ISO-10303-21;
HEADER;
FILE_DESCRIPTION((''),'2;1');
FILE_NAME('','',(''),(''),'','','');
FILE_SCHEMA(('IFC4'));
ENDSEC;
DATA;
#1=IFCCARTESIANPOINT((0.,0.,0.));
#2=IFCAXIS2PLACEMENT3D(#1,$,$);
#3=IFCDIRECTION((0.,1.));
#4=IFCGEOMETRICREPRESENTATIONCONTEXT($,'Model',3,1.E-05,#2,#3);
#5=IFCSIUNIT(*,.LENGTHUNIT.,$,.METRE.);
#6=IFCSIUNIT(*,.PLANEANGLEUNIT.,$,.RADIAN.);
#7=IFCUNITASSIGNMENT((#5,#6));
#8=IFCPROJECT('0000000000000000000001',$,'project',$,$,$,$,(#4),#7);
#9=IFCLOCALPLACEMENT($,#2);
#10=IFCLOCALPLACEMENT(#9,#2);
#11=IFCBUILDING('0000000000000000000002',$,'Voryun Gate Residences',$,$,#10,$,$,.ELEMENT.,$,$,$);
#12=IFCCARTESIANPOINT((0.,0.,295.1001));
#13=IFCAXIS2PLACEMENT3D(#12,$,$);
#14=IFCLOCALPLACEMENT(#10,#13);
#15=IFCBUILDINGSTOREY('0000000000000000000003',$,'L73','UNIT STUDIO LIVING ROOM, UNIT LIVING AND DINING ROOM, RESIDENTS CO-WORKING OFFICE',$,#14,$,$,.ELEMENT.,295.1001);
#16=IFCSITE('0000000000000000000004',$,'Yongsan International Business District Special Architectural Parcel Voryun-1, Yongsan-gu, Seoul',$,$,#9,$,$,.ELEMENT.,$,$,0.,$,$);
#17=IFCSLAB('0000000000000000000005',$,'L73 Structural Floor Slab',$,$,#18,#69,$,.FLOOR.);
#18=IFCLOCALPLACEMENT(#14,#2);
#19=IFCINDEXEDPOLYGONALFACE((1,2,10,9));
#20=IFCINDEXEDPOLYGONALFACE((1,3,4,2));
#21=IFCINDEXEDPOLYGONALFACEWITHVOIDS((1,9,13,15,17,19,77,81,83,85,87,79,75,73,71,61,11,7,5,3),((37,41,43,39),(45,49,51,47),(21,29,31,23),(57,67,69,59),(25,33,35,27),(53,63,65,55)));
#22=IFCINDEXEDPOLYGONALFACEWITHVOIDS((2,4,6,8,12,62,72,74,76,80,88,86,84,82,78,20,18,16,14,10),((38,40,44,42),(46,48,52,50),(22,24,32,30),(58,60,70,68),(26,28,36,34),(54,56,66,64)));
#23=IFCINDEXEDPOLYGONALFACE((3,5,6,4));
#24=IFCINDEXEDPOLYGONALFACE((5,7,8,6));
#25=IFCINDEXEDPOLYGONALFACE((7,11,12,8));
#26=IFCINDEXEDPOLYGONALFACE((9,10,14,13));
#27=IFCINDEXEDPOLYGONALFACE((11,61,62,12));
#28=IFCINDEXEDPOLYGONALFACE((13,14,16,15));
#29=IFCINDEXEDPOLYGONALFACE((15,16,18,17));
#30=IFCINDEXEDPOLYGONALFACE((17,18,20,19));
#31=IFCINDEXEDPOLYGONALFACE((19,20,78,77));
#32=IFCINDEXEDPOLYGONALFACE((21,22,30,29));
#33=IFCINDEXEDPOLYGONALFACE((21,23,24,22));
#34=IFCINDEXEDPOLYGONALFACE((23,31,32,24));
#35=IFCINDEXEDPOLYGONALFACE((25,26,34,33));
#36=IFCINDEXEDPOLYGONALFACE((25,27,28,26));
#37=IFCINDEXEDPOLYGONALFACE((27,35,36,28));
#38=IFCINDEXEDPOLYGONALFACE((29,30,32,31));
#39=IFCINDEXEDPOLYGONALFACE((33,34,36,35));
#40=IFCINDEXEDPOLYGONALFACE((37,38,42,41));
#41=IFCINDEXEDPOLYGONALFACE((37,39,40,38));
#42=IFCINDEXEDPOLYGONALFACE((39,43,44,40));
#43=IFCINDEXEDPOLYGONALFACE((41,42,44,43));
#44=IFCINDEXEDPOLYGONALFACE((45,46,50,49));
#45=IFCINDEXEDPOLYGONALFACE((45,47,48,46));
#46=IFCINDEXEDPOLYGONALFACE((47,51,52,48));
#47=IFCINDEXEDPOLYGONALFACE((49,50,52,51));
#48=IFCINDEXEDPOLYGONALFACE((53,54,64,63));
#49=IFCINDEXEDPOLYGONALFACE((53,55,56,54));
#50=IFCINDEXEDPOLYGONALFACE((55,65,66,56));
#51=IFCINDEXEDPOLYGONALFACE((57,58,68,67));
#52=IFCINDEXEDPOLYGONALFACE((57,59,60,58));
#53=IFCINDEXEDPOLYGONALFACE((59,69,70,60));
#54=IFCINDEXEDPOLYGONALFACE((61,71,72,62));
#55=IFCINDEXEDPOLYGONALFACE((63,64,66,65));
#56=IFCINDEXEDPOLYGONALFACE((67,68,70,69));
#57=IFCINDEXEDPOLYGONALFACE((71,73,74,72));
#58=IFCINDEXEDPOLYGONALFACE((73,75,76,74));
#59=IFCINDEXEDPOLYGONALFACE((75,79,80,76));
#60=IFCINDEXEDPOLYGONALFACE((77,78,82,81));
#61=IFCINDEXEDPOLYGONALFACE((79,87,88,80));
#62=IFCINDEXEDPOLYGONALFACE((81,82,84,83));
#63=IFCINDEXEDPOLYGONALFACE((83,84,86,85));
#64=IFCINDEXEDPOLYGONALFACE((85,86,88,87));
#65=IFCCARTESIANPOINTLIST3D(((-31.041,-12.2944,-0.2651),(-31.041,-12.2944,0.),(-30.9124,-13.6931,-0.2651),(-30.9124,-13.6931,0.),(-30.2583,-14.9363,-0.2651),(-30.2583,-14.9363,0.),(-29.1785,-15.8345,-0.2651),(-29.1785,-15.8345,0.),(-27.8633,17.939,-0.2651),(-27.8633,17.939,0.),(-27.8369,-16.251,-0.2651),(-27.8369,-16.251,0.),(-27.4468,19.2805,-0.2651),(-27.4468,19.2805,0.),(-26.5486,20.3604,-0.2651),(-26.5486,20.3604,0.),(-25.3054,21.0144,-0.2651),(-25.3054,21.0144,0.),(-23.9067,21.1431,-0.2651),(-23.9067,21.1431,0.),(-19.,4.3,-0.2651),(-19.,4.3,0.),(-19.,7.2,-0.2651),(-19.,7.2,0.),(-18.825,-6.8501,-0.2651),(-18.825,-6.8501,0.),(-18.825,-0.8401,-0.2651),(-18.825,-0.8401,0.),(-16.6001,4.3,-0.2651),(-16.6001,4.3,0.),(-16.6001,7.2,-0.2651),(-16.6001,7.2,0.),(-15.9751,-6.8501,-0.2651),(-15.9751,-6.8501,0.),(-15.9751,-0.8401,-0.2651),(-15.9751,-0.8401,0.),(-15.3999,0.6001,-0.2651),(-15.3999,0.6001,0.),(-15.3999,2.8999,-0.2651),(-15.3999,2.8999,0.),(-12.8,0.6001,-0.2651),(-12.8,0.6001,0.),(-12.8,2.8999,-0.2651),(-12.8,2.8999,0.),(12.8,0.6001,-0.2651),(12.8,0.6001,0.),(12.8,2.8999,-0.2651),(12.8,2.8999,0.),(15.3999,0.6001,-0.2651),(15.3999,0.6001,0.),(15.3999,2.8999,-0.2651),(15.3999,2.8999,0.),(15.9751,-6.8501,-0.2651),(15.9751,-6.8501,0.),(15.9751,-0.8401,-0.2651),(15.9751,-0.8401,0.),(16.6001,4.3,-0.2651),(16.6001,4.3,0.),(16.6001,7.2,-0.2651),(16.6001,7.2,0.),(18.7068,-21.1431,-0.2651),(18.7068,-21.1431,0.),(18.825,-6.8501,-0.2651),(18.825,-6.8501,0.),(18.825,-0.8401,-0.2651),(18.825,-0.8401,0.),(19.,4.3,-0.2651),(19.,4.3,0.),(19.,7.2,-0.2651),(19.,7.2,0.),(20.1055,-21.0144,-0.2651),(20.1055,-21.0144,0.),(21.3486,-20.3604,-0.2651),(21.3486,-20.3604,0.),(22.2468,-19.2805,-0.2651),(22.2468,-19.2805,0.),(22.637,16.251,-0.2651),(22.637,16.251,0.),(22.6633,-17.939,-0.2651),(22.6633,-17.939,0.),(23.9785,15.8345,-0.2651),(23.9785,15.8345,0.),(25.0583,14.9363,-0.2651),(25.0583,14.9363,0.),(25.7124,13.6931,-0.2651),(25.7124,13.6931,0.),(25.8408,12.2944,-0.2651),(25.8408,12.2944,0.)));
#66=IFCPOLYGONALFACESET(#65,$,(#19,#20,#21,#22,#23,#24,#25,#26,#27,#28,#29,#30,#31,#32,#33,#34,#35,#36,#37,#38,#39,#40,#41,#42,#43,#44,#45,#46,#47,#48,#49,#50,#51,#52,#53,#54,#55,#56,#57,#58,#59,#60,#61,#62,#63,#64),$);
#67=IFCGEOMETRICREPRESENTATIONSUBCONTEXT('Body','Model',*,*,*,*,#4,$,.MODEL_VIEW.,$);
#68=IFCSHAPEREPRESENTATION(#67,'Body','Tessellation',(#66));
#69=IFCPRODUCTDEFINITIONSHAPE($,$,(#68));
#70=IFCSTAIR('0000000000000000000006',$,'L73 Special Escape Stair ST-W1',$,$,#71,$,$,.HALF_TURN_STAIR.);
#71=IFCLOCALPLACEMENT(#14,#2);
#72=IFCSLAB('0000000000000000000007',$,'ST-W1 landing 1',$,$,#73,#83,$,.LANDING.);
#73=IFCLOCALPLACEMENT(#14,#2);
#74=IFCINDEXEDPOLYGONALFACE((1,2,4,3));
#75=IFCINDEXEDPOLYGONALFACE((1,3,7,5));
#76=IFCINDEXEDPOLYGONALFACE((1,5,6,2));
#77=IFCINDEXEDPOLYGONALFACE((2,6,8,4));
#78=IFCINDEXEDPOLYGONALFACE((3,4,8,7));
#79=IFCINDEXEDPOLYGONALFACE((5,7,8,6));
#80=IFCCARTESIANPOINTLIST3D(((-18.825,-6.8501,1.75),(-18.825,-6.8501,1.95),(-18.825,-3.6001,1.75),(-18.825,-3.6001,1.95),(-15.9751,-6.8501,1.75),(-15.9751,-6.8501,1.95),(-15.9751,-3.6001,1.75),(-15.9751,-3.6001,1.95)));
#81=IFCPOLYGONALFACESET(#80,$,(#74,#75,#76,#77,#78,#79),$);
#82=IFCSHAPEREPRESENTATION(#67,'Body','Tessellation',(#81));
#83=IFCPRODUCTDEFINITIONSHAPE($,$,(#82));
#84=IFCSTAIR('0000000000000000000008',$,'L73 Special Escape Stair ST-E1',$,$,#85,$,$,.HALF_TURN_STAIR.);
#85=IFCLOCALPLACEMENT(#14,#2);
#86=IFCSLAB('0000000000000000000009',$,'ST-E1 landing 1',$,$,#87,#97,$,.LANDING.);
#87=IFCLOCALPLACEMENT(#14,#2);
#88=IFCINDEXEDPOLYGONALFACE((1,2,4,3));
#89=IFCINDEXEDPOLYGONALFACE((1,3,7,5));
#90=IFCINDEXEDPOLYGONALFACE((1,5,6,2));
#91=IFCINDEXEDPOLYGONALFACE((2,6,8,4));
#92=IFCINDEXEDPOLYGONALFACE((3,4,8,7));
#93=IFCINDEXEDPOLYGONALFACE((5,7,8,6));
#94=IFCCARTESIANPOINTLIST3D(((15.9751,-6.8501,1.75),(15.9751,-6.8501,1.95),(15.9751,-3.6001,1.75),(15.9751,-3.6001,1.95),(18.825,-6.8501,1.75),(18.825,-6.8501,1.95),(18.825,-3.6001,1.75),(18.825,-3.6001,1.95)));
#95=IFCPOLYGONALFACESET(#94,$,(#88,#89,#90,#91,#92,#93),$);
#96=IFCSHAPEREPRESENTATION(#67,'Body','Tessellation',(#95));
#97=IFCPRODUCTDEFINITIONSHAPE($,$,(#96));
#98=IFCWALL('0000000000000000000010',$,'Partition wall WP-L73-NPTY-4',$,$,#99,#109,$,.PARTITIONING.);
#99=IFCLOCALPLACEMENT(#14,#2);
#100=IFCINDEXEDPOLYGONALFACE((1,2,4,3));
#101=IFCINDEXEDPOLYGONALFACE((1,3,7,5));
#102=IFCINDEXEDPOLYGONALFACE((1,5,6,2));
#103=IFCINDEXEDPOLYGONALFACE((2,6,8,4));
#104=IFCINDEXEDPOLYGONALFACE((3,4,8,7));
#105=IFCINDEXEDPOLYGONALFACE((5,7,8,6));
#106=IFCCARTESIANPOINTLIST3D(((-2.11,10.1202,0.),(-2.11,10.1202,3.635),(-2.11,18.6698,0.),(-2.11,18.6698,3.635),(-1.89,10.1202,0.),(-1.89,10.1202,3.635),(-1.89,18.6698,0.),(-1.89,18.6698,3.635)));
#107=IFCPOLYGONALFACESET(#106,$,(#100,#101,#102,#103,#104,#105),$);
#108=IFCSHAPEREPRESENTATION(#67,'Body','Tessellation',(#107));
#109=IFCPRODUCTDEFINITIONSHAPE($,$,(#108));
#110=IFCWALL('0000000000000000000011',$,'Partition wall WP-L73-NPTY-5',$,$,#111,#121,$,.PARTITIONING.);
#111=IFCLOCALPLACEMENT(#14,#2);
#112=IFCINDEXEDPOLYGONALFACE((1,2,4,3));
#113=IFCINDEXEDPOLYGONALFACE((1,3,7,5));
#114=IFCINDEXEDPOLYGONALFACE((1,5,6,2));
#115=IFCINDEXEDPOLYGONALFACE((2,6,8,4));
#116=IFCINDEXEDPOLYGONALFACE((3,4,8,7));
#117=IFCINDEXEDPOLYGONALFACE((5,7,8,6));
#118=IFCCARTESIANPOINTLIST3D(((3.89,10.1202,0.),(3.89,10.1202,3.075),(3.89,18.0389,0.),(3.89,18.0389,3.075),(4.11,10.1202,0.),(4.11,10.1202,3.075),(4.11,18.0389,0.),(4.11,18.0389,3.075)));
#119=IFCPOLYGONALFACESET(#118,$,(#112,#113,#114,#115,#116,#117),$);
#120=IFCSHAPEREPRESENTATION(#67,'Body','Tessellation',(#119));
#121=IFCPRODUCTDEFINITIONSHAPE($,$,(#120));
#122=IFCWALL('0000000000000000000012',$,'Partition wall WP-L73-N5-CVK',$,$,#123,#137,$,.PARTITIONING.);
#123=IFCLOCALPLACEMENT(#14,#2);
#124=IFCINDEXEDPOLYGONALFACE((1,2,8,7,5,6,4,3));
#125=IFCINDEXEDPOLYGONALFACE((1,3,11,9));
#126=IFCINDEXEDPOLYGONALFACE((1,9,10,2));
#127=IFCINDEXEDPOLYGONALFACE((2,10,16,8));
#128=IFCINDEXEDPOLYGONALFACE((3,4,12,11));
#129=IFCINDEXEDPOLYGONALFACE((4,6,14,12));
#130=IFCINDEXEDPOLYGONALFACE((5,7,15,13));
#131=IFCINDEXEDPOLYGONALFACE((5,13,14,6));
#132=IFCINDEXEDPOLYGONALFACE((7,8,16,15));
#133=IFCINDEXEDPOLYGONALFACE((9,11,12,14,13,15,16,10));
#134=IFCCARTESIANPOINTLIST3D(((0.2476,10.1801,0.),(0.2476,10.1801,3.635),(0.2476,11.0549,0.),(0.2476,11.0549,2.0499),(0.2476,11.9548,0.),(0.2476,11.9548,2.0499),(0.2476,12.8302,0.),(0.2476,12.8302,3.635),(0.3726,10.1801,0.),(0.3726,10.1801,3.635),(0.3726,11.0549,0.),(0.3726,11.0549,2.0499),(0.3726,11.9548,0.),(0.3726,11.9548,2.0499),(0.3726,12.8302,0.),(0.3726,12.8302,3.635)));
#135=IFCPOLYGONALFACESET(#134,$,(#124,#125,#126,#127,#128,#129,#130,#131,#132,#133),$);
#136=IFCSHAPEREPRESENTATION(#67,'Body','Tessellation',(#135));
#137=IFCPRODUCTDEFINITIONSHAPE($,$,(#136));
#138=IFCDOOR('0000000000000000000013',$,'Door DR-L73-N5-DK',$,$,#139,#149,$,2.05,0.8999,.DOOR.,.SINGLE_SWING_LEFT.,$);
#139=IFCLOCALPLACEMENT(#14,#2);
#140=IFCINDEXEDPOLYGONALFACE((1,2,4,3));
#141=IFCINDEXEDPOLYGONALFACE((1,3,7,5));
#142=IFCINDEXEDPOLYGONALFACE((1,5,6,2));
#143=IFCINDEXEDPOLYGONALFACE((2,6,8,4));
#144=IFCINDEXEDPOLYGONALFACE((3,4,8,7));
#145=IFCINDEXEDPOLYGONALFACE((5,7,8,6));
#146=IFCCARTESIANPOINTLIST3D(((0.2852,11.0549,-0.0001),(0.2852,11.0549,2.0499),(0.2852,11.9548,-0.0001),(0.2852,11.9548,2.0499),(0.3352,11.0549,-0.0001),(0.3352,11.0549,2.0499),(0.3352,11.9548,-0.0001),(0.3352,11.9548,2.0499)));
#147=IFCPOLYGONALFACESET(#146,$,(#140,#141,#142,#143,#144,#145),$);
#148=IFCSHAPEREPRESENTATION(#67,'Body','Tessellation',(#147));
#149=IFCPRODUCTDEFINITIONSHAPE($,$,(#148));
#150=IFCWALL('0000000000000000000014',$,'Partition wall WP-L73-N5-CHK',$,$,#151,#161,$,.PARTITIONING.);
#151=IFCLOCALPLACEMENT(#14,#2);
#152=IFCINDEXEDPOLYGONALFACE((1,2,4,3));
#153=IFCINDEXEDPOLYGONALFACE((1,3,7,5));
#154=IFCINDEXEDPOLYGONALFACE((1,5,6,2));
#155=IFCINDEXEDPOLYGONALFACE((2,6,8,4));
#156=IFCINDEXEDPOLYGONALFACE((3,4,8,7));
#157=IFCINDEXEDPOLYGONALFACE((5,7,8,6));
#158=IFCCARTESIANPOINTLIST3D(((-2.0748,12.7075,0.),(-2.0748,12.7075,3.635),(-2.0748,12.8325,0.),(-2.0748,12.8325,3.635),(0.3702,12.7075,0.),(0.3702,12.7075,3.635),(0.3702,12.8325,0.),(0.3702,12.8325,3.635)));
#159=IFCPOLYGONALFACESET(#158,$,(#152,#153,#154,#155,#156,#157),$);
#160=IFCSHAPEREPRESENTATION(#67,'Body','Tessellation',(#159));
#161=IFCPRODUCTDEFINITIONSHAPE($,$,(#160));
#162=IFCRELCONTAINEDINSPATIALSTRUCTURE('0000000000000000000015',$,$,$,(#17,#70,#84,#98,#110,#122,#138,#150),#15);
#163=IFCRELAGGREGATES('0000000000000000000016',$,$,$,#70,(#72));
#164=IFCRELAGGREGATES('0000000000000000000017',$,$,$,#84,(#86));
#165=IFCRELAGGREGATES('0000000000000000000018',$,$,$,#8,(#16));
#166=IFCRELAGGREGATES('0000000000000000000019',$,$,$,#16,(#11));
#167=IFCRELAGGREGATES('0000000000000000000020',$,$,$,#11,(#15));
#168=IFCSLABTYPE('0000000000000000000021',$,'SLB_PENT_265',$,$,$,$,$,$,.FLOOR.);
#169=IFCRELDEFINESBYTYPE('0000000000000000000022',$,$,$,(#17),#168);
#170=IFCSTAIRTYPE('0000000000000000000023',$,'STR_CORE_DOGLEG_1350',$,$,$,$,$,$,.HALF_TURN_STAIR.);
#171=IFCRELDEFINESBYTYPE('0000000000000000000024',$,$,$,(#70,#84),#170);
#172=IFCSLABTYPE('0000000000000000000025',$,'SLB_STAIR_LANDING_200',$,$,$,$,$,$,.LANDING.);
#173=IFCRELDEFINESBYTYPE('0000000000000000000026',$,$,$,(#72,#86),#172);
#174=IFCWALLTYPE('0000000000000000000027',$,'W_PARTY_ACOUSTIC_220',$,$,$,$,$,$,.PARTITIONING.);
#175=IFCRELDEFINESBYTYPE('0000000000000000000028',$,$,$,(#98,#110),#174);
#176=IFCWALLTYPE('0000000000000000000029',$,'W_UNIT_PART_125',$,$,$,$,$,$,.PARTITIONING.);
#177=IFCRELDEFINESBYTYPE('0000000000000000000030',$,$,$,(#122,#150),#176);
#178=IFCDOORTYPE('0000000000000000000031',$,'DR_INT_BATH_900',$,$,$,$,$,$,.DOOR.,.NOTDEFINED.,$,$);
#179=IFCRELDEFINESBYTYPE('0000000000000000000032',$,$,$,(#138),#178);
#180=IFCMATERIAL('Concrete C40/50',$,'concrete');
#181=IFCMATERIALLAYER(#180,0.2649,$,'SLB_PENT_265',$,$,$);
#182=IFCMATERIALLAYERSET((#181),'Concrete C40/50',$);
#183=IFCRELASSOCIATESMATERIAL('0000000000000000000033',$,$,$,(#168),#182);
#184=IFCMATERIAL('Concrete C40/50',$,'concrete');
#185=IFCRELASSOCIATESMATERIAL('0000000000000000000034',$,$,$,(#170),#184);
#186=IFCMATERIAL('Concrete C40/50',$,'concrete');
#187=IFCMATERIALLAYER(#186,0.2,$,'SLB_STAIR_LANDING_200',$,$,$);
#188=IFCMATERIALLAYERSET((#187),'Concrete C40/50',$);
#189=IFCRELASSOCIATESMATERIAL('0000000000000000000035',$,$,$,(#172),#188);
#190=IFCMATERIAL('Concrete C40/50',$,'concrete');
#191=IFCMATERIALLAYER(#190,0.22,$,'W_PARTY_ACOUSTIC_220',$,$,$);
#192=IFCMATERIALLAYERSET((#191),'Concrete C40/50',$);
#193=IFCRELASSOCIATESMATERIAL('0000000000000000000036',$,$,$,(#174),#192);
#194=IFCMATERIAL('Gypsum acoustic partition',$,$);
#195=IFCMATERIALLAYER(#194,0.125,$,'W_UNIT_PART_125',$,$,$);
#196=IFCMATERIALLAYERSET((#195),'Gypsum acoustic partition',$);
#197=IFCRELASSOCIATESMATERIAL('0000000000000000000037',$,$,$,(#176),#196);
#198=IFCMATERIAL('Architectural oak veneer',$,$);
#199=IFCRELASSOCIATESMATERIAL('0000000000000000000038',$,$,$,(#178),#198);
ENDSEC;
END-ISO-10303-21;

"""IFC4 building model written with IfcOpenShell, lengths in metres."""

from ifc_helpers import new_model, si_unit, direction, frame, frame_2d, origin, place, context, subcontext, project, spatial, polyline, rectangle, outline, extrude, material, layer, layer_set, type_object, element, fill, aggregate, save


model = new_model("IFC4")

# Units and contexts
model_context = context("Model", 3, precision=1e-05, world=origin(), true_north=direction((0.0, 1.0)))
body_context = subcontext(model_context, "Body", "Model", "MODEL_VIEW")
ifc_project = project(units=[si_unit("LENGTHUNIT", "METRE"), si_unit("PLANEANGLEUNIT", "RADIAN")], contexts=[model_context])

# Site, building, storey
site_placement = place(None, origin())
site = spatial("IfcSite", under=ifc_project, at=site_placement, Name="Yongsan International Business District Special Architectural Parcel Voryun-1, Yongsan-gu, Seoul", CompositionType="ELEMENT", RefElevation=0.0)
building_placement = place(site_placement, origin())
building = spatial("IfcBuilding", under=site, at=building_placement, Name="Voryun Gate Residences", CompositionType="ELEMENT")
storey_placement = place(building_placement, frame((0.0, 0.0, 295.1001)))
storey = spatial("IfcBuildingStorey", under=building, at=storey_placement, Name="L73", Description="UNIT STUDIO LIVING ROOM, UNIT LIVING AND DINING ROOM, RESIDENTS CO-WORKING OFFICE", CompositionType="ELEMENT", Elevation=295.1001)

# Slab
ifc_material_1 = material(Name="Concrete C40/50", Category="concrete")
ifc_layer_1 = layer(ifc_material_1, 0.2649, Name="SLB_PENT_265")
ifc_layer_set_1 = layer_set([ifc_layer_1], Name="Concrete C40/50")
slab_type_1 = type_object("IfcSlabType", Name="SLB_PENT_265", PredefinedType="FLOOR", material=ifc_layer_set_1)
slab_1_placement = place(storey_placement, frame((0.0, 0.0, -0.2651)))
element("IfcSlab", 1, at=slab_1_placement, inside=storey, type_object=slab_type_1, Name="L73 Structural Floor Slab", PredefinedType="FLOOR", context=body_context, shape_type="SweptSolid", body=[
    extrude(outline(polyline([(-27.8369, -16.251), (-29.1785, -15.8345), (-30.2583, -14.9363), (-30.9124, -13.6931), (-31.041, -12.2944), (-27.8633, 17.939), (-27.4468, 19.2805), (-26.5486, 20.3604), (-25.3054, 21.0144), (-23.9067, 21.1431), (22.637, 16.251), (23.9785, 15.8345), (25.0583, 14.9363), (25.7124, 13.6931), (25.8408, 12.2944), (22.6633, -17.939), (22.2468, -19.2805), (21.3486, -20.3604), (20.1055, -21.0144), (18.7068, -21.1431), (-27.8369, -16.251)]), holes=[polyline([(-15.9751, -0.8401), (-18.825, -0.8401), (-18.825, -6.8501), (-15.9751, -6.8501), (-15.9751, -0.8401)]), polyline([(18.825, -6.8501), (18.825, -0.8401), (15.9751, -0.8401), (15.9751, -6.8501), (18.825, -6.8501)]), polyline([(-12.8, 2.8999), (-15.3999, 2.8999), (-15.3999, 0.6001), (-12.8, 0.6001), (-12.8, 2.8999)]), polyline([(12.8, 2.8999), (12.8, 0.6001), (15.3999, 0.6001), (15.3999, 2.8999), (12.8, 2.8999)]), polyline([(-16.6001, 7.2), (-19.0, 7.2), (-19.0, 4.3), (-16.6001, 4.3), (-16.6001, 7.2)]), polyline([(19.0, 7.2), (16.6001, 7.2), (16.6001, 4.3), (19.0, 4.3), (19.0, 7.2)])]), origin(), (0.0, 0.0, 1.0), 0.2651),
])

# Stairs, slabs
ifc_material_2 = material(Name="Concrete C40/50", Category="concrete")
stair_type = type_object("IfcStairType", Name="STR_CORE_DOGLEG_1350", PredefinedType="HALF_TURN_STAIR", material=ifc_material_2)
stair_1_placement = place(storey_placement, origin())
stair_1 = element("IfcStair", 2, at=stair_1_placement, inside=storey, type_object=stair_type, Name="L73 Special Escape Stair ST-W1", PredefinedType="HALF_TURN_STAIR")
ifc_material_3 = material(Name="Concrete C40/50", Category="concrete")
ifc_layer_2 = layer(ifc_material_3, 0.2, Name="SLB_STAIR_LANDING_200")
ifc_layer_set_2 = layer_set([ifc_layer_2], Name="Concrete C40/50")
slab_type_2 = type_object("IfcSlabType", Name="SLB_STAIR_LANDING_200", PredefinedType="LANDING", material=ifc_layer_set_2)
slab_2_placement = place(storey_placement, frame((0.0, 0.0, 1.75)))
slab_2 = element("IfcSlab", 3, at=slab_2_placement, type_object=slab_type_2, Name="ST-W1 landing 1", PredefinedType="LANDING", context=body_context, shape_type="SweptSolid", body=[
    extrude(outline(polyline([(-18.825, -3.6001), (-18.825, -6.8501), (-15.9751, -6.8501), (-15.9751, -3.6001), (-18.825, -3.6001)])), origin(), (0.0, 0.0, 1.0), 0.2),
])
aggregate(stair_1, [slab_2])
stair_2_placement = place(storey_placement, origin())
stair_2 = element("IfcStair", 4, at=stair_2_placement, inside=storey, type_object=stair_type, Name="L73 Special Escape Stair ST-E1", PredefinedType="HALF_TURN_STAIR")
slab_3_placement = place(storey_placement, frame((0.0, 0.0, 1.75)))
slab_3 = element("IfcSlab", 5, at=slab_3_placement, type_object=slab_type_2, Name="ST-E1 landing 1", PredefinedType="LANDING", context=body_context, shape_type="SweptSolid", body=[
    extrude(outline(polyline([(15.9751, -3.6001), (15.9751, -6.8501), (18.825, -6.8501), (18.825, -3.6001), (15.9751, -3.6001)])), origin(), (0.0, 0.0, 1.0), 0.2),
])
aggregate(stair_2, [slab_3])

# Walls
ifc_material_4 = material(Name="Concrete C40/50", Category="concrete")
ifc_layer_3 = layer(ifc_material_4, 0.22, Name="W_PARTY_ACOUSTIC_220")
ifc_layer_set_3 = layer_set([ifc_layer_3], Name="Concrete C40/50")
wall_type_1 = type_object("IfcWallType", Name="W_PARTY_ACOUSTIC_220", PredefinedType="PARTITIONING", material=ifc_layer_set_3)
wall_1_placement = place(storey_placement, frame((-2.0, 10.1201, 0.0), z_axis=(0.0, 0.0, 1.0), x_axis=(0.0, 1.0, 0.0)))
element("IfcWall", 6, at=wall_1_placement, inside=storey, type_object=wall_type_1, Name="Partition wall WP-L73-NPTY-4", PredefinedType="PARTITIONING", context=body_context, shape_type="SweptSolid", body=[
    extrude(rectangle(XDim=8.5496, YDim=0.22, at=frame_2d((4.2749, 0.0))), origin(), (0.0, 0.0, 1.0), 3.635),
])
wall_2_placement = place(storey_placement, frame((4.0, 10.1201, 0.0), z_axis=(0.0, 0.0, 1.0), x_axis=(0.0, 1.0, 0.0)))
element("IfcWall", 7, at=wall_2_placement, inside=storey, type_object=wall_type_1, Name="Partition wall WP-L73-NPTY-5", PredefinedType="PARTITIONING", context=body_context, shape_type="SweptSolid", body=[
    extrude(rectangle(XDim=7.9187, YDim=0.22, at=frame_2d((3.9595, 0.0))), origin(), (0.0, 0.0, 1.0), 3.075),
])

# Wall, opening, door
ifc_material_5 = material(Name="Gypsum acoustic partition")
ifc_layer_4 = layer(ifc_material_5, 0.125, Name="W_UNIT_PART_125")
ifc_layer_set_4 = layer_set([ifc_layer_4], Name="Gypsum acoustic partition")
wall_type_2 = type_object("IfcWallType", Name="W_UNIT_PART_125", PredefinedType="PARTITIONING", material=ifc_layer_set_4)
wall_3_placement = place(storey_placement, frame((0.3101, 10.1799, 0.0), z_axis=(0.0, 0.0, 1.0), x_axis=(0.0, 1.0, 0.0)))
wall_3 = element("IfcWall", 8, at=wall_3_placement, inside=storey, type_object=wall_type_2, Name="Partition wall WP-L73-N5-CVK", PredefinedType="PARTITIONING", context=body_context, shape_type="SweptSolid", body=[
    extrude(rectangle(XDim=2.6501, YDim=0.125, at=frame_2d((1.3252, 0.0))), origin(), (0.0, 0.0, 1.0), 3.635),
])
opening_1_placement = place(wall_3_placement, frame((0.875, 0.0, 0.0)))
opening_1 = element("IfcOpeningElement", 9, at=opening_1_placement, cuts=wall_3, PredefinedType="OPENING", context=body_context, shape_type="SweptSolid", body=[
    extrude(rectangle(XDim=0.8999, YDim=2.05, at=frame_2d((0.45, 1.0249))), frame((0.0, 0.0725, 0.0), z_axis=(0.0, -1.0, 0.0), x_axis=(1.0, 0.0, 0.0)), (0.0, 0.0, 1.0), 0.145),
])
ifc_material_6 = material(Name="Architectural oak veneer")
door_type = type_object("IfcDoorType", Name="DR_INT_BATH_900", OperationType="NOTDEFINED", PredefinedType="DOOR", material=ifc_material_6)
door_1_placement = place(opening_1_placement, origin())
door_1 = element("IfcDoor", 10, at=door_1_placement, inside=storey, type_object=door_type, Name="Door DR-L73-N5-DK", OperationType="SINGLE_SWING_LEFT", OverallHeight=2.05, OverallWidth=0.8999, PredefinedType="DOOR", context=body_context, shape_type="SweptSolid", body=[
    extrude(rectangle(XDim=0.8999, YDim=2.05, at=frame_2d((0.45, 1.0249))), frame((0.0, 0.0249, 0.0), z_axis=(0.0, -1.0, 0.0), x_axis=(1.0, 0.0, 0.0)), (0.0, 0.0, 1.0), 0.05),
])
fill(opening_1, door_1)

# Wall
wall_4_placement = place(storey_placement, frame((-2.075, 12.77, 0.0), z_axis=(0.0, 0.0, 1.0), x_axis=(1.0, 0.0, 0.0)))
element("IfcWall", 11, at=wall_4_placement, inside=storey, type_object=wall_type_2, Name="Partition wall WP-L73-N5-CHK", PredefinedType="PARTITIONING", context=body_context, shape_type="SweptSolid", body=[
    extrude(rectangle(XDim=2.4451, YDim=0.125, at=frame_2d((1.2227, 0.0))), origin(), (0.0, 0.0, 1.0), 3.635),
])

save(model, "model.ifc")
